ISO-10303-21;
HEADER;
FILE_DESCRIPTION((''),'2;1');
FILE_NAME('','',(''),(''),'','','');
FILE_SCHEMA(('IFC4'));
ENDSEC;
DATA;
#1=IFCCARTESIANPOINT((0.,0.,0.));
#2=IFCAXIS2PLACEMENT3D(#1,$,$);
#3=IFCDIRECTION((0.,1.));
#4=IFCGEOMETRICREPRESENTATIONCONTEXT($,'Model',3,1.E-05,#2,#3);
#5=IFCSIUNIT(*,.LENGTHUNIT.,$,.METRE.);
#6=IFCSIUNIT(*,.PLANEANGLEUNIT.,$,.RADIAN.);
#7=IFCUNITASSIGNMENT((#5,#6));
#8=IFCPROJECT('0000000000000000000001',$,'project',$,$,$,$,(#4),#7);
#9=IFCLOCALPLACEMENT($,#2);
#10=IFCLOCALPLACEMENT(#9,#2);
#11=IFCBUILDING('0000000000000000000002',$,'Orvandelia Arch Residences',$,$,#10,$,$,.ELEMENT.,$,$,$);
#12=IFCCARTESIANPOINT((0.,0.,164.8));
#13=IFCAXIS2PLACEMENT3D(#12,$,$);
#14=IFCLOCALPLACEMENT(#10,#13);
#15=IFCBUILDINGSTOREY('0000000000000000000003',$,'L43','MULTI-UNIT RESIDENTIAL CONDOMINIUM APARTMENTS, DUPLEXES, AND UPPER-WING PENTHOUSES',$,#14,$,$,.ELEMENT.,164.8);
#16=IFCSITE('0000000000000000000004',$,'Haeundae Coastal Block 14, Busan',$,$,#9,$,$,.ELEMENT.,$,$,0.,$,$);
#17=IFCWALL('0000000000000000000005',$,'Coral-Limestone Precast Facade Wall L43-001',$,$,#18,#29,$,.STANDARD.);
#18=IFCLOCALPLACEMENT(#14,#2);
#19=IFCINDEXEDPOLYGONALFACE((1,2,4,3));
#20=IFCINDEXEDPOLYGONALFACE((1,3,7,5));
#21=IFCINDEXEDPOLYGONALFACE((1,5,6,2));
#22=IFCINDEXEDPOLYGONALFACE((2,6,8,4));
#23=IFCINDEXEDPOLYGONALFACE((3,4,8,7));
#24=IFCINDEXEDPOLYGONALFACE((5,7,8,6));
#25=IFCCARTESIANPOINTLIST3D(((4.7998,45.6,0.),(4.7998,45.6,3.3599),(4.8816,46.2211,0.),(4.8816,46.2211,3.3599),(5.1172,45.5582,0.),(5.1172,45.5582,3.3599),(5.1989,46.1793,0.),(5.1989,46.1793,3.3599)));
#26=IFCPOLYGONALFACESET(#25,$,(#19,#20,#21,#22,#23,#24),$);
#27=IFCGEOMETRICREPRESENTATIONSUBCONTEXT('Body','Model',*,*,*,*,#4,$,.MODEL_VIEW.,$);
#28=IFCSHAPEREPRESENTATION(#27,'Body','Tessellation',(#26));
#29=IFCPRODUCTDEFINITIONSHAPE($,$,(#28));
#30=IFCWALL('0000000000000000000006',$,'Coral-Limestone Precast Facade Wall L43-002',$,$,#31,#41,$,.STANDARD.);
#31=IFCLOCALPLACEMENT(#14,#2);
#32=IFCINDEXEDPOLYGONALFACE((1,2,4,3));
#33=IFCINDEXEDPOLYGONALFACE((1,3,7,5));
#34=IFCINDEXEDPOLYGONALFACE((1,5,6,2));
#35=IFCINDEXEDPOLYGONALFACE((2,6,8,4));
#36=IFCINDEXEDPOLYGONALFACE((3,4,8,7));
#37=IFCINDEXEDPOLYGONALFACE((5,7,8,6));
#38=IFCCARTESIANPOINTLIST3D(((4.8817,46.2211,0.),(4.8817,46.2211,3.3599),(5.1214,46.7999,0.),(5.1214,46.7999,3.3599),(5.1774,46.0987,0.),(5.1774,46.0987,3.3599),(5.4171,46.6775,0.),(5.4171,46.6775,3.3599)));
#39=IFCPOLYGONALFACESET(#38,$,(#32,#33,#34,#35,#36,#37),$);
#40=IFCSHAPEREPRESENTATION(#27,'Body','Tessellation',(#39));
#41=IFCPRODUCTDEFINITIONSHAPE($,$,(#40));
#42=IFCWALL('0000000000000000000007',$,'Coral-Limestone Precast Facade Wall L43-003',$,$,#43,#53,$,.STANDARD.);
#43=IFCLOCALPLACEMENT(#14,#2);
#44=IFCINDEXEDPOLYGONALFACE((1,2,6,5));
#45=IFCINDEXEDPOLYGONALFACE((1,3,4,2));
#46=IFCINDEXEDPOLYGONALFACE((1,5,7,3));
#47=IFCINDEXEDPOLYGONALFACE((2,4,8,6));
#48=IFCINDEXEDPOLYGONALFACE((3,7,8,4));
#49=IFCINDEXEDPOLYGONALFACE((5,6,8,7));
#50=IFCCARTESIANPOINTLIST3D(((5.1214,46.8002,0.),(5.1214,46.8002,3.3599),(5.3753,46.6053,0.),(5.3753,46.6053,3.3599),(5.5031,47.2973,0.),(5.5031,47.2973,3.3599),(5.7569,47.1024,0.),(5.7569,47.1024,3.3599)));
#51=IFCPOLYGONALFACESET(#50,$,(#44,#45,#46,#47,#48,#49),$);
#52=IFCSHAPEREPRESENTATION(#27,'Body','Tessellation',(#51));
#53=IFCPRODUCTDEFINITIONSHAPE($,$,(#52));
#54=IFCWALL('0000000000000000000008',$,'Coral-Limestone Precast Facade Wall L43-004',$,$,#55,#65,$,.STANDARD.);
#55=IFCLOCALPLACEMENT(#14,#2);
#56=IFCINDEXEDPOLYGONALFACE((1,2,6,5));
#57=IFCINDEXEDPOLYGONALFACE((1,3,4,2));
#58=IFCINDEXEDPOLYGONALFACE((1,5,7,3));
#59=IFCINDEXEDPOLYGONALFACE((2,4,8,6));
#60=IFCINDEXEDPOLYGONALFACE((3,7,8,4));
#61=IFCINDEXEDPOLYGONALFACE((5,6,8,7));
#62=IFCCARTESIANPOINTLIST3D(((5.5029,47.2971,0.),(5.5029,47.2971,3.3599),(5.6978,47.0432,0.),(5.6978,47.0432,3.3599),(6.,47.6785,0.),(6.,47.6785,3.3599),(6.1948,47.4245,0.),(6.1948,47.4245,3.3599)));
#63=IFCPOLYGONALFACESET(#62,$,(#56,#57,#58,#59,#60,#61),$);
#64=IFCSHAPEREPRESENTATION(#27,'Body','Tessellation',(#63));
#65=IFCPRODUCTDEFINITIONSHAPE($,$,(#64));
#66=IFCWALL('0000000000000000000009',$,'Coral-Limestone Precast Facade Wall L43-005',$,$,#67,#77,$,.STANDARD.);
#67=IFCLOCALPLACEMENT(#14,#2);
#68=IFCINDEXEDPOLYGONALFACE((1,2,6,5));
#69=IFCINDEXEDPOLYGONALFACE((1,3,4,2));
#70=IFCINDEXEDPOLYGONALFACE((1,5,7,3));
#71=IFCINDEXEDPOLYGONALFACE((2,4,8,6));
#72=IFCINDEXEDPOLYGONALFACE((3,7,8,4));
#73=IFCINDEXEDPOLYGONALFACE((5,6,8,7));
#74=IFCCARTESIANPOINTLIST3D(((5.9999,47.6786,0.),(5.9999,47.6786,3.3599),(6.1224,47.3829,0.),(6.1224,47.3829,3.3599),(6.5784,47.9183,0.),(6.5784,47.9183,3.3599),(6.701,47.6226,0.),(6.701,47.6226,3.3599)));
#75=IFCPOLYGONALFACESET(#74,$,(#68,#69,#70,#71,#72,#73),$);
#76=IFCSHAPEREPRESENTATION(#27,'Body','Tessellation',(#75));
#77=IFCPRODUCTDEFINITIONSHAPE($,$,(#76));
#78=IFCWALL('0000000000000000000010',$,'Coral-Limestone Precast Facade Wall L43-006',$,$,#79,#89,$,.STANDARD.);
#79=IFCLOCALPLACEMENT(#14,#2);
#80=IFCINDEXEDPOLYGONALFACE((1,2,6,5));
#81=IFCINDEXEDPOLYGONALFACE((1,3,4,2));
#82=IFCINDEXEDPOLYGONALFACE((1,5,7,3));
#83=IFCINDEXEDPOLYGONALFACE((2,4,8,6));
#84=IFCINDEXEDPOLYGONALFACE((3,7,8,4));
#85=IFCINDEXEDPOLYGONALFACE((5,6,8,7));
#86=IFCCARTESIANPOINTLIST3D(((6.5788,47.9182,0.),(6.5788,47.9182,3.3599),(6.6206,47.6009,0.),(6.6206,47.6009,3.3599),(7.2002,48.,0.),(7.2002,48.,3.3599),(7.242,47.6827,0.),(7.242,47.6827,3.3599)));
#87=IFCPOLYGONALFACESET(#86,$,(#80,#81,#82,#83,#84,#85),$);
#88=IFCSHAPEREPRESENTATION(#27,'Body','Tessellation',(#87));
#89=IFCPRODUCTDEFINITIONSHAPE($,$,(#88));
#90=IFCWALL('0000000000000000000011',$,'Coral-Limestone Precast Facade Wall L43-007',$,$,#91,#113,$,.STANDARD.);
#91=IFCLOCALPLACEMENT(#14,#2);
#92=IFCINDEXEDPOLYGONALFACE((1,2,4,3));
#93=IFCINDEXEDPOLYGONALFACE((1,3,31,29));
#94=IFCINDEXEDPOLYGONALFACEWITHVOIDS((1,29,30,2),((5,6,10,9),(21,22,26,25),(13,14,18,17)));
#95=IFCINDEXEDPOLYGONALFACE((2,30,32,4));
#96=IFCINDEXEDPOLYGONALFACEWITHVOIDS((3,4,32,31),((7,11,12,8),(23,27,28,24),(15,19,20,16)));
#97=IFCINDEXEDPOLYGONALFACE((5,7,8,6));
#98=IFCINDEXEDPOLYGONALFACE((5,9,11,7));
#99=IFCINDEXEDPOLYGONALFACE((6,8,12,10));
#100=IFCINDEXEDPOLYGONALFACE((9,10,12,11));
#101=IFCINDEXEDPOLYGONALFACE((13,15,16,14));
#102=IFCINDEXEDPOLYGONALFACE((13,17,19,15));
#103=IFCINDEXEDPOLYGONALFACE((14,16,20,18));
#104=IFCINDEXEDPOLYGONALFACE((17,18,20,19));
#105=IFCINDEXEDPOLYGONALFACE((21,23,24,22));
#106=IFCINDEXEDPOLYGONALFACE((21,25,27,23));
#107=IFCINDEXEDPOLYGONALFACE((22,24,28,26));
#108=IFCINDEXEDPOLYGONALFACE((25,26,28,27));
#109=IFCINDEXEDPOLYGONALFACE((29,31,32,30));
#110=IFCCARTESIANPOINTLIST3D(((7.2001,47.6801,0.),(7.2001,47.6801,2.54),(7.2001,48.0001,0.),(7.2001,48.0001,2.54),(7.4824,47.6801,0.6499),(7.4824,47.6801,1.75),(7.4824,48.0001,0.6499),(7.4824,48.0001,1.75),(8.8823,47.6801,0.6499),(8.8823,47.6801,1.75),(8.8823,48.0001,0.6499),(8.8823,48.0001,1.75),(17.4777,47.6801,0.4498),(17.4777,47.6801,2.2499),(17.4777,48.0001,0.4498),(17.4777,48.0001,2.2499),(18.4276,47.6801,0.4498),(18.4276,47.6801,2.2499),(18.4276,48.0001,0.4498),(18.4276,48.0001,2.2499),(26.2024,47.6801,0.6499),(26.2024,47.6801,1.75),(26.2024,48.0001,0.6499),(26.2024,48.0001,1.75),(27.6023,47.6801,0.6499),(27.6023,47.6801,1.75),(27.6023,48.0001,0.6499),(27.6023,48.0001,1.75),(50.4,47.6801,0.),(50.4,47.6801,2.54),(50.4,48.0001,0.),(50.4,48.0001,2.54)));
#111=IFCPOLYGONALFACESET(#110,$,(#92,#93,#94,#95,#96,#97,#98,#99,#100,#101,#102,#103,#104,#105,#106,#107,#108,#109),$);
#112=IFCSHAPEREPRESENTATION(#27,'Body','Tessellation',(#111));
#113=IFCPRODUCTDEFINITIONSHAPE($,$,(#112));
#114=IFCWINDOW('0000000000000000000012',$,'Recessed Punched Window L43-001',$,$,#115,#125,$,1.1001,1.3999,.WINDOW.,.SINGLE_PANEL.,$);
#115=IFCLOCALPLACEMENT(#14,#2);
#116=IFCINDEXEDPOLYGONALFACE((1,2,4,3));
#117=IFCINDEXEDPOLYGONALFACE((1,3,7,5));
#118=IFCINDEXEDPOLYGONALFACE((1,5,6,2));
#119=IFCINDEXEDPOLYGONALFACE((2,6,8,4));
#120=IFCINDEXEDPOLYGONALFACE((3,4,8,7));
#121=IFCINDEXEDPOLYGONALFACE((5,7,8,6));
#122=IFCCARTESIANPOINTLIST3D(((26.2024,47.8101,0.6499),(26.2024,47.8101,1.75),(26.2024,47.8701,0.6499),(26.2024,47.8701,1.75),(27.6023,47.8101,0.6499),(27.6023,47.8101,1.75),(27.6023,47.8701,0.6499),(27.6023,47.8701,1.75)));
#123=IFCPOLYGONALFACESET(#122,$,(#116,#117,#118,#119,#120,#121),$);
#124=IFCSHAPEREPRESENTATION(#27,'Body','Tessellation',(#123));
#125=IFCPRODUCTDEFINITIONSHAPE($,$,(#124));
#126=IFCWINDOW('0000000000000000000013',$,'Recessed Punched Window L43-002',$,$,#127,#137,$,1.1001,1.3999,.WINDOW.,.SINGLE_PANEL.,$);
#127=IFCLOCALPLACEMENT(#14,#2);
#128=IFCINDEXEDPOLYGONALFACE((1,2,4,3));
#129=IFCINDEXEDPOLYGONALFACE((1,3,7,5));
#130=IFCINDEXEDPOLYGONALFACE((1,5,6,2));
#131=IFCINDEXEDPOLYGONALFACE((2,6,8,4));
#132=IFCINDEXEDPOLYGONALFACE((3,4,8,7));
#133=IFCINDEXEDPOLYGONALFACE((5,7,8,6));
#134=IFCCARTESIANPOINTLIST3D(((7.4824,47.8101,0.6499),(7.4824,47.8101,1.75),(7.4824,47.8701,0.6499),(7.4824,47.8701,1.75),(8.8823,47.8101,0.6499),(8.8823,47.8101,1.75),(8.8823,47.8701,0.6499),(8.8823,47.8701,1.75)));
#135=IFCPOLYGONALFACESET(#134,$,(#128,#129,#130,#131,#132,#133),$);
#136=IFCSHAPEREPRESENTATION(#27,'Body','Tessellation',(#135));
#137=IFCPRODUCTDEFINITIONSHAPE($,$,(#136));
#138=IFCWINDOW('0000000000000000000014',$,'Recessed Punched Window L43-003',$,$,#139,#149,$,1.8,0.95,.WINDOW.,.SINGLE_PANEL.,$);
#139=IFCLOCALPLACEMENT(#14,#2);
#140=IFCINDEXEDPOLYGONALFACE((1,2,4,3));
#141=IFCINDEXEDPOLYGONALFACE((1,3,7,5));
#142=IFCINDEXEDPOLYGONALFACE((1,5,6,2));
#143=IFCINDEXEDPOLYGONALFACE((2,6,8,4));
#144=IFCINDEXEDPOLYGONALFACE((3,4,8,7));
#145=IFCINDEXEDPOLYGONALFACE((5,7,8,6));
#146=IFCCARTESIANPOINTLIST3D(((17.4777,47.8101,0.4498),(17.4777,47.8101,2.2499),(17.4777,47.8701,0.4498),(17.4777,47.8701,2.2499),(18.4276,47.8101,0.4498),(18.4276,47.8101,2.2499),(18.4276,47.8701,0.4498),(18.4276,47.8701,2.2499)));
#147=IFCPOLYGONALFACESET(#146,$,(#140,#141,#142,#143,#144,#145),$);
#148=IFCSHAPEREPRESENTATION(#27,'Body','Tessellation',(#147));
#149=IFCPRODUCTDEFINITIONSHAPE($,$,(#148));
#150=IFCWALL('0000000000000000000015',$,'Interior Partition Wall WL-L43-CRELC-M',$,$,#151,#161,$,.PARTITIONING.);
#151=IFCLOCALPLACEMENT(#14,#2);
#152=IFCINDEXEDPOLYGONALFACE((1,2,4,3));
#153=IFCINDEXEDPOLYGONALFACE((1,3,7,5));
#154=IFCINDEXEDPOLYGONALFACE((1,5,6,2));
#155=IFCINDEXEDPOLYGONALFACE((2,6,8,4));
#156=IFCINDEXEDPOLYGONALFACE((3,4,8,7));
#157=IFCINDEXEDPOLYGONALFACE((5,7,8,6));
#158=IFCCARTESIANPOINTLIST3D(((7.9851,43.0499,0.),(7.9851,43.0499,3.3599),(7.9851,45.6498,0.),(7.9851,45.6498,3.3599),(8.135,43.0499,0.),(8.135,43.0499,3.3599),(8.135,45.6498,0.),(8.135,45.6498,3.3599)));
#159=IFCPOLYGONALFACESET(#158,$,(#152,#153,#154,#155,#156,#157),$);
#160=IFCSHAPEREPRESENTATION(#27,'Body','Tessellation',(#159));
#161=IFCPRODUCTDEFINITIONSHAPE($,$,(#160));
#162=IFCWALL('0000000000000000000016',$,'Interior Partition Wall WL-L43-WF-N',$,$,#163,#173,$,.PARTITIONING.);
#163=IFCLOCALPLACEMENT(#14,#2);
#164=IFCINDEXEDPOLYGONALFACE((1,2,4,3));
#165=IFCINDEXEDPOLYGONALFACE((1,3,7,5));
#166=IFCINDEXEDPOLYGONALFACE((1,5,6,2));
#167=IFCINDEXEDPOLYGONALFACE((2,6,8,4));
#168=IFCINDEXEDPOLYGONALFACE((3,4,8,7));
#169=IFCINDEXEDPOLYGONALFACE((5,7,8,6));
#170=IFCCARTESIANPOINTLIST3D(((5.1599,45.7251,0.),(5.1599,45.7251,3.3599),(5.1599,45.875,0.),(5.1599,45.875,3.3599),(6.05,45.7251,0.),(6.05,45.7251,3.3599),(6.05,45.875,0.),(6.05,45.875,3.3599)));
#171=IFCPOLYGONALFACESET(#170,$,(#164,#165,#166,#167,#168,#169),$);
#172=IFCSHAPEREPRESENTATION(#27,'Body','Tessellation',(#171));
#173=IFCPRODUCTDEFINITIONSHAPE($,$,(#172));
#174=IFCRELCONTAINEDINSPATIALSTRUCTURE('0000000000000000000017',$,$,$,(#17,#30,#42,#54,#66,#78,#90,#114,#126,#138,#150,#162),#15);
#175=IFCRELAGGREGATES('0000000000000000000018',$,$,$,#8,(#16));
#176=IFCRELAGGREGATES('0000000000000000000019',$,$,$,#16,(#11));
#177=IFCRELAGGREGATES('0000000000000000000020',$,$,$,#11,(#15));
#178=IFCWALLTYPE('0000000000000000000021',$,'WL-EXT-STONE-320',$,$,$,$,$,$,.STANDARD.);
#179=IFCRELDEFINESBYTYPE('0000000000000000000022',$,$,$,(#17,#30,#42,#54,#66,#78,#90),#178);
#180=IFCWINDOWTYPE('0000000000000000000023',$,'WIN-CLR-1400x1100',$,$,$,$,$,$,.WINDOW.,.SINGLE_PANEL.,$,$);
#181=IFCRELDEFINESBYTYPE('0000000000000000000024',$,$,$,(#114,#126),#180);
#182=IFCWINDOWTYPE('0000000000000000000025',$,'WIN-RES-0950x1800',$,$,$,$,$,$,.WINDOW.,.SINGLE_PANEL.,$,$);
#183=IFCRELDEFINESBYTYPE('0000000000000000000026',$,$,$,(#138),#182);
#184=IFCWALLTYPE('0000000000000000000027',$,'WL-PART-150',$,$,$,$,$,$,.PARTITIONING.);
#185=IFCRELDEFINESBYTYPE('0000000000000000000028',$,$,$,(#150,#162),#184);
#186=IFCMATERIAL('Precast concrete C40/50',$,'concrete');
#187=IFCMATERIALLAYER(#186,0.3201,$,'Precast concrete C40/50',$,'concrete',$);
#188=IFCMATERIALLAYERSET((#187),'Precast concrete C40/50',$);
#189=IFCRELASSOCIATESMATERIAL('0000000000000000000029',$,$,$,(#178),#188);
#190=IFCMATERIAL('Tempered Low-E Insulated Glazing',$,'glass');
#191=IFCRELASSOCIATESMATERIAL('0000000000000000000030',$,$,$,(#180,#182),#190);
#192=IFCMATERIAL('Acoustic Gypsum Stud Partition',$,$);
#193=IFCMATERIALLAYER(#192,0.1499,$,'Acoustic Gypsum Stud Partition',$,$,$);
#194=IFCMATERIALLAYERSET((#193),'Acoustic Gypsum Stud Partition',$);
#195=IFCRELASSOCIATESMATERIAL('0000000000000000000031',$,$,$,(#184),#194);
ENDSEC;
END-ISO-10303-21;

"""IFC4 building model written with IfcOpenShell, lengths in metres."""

from ifc_helpers import new_model, si_unit, direction, frame, frame_2d, origin, place, context, subcontext, project, spatial, rectangle, extrude, material, layer, layer_set, type_object, element, fill, save


model = new_model("IFC4")

# Units and contexts
model_context = context("Model", 3, precision=1e-05, world=origin(), true_north=direction((0.0, 1.0)))
body_context = subcontext(model_context, "Body", "Model", "MODEL_VIEW")
ifc_project = project(units=[si_unit("LENGTHUNIT", "METRE"), si_unit("PLANEANGLEUNIT", "RADIAN")], contexts=[model_context])

# Site, building, storey
site_placement = place(None, origin())
site = spatial("IfcSite", under=ifc_project, at=site_placement, Name="Haeundae Coastal Block 14, Busan", CompositionType="ELEMENT", RefElevation=0.0)
building_placement = place(site_placement, origin())
building = spatial("IfcBuilding", under=site, at=building_placement, Name="Orvandelia Arch Residences", CompositionType="ELEMENT")
storey_placement = place(building_placement, frame((0.0, 0.0, 164.8)))
storey = spatial("IfcBuildingStorey", under=building, at=storey_placement, Name="L43", Description="MULTI-UNIT RESIDENTIAL CONDOMINIUM APARTMENTS, DUPLEXES, AND UPPER-WING PENTHOUSES", CompositionType="ELEMENT", Elevation=164.8)

# Walls
ifc_material_1 = material(Name="Precast concrete C40/50", Category="concrete")
ifc_layer_1 = layer(ifc_material_1, 0.3201, Name="Precast concrete C40/50", Category="concrete")
ifc_layer_set_1 = layer_set([ifc_layer_1], Name="Precast concrete C40/50")
wall_type_1 = type_object("IfcWallType", Name="WL-EXT-STONE-320", PredefinedType="STANDARD", material=ifc_layer_set_1)
for number, where, z_axis, x_axis, name in (
    (1, (4.9585, 45.5791, 0.0), (0.0, 0.0, 1.0), (0.130555, 0.991441, 0.0), "Coral-Limestone Precast Facade Wall L43-001"),
    (2, (5.0295, 46.1599, 0.0), (0.0, 0.0, 1.0), (0.38265, 0.923893, 0.0), "Coral-Limestone Precast Facade Wall L43-002"),
):
    element("IfcWall", number, at=place(storey_placement, frame(where, z_axis=z_axis, x_axis=x_axis)), inside=storey, type_object=wall_type_1, Name=name, PredefinedType="STANDARD", context=body_context, shape_type="SweptSolid", body=[
        extrude(rectangle(XDim=0.6265, YDim=0.3201, at=frame_2d((0.3132, 0.0))), origin(), (0.0, 0.0, 1.0), 3.3599),
    ])
wall_1_placement = place(storey_placement, frame((5.2483, 46.7026, 0.0), z_axis=(0.0, 0.0, 1.0), x_axis=(0.608939, 0.793217, 0.0)))
element("IfcWall", 3, at=wall_1_placement, inside=storey, type_object=wall_type_1, Name="Coral-Limestone Precast Facade Wall L43-003", PredefinedType="STANDARD", context=body_context, shape_type="SweptSolid", body=[
    extrude(rectangle(XDim=0.6267, YDim=0.3201, at=frame_2d((0.3135, 0.0))), origin(), (0.0, 0.0, 1.0), 3.3599),
])
wall_2_placement = place(storey_placement, frame((5.6003, 47.1702, 0.0), z_axis=(0.0, 0.0, 1.0), x_axis=(0.793406, 0.608693, 0.0)))
element("IfcWall", 4, at=wall_2_placement, inside=storey, type_object=wall_type_1, Name="Coral-Limestone Precast Facade Wall L43-004", PredefinedType="STANDARD", context=body_context, shape_type="SweptSolid", body=[
    extrude(rectangle(XDim=0.6265, YDim=0.3201, at=frame_2d((0.3132, 0.0))), origin(), (0.0, 0.0, 1.0), 3.3599),
])
wall_3_placement = place(storey_placement, frame((6.0613, 47.5308, 0.0), z_axis=(0.0, 0.0, 1.0), x_axis=(0.923836, 0.382788, 0.0)))
element("IfcWall", 5, at=wall_3_placement, inside=storey, type_object=wall_type_1, Name="Coral-Limestone Precast Facade Wall L43-005", PredefinedType="STANDARD", context=body_context, shape_type="SweptSolid", body=[
    extrude(rectangle(XDim=0.6262, YDim=0.3201, at=frame_2d((0.313, 0.0))), origin(), (0.0, 0.0, 1.0), 3.3599),
])
wall_4_placement = place(storey_placement, frame((6.5996, 47.7595, 0.0), z_axis=(0.0, 0.0, 1.0), x_axis=(0.991448, 0.130505, 0.0)))
element("IfcWall", 6, at=wall_4_placement, inside=storey, type_object=wall_type_1, Name="Coral-Limestone Precast Facade Wall L43-006", PredefinedType="STANDARD", context=body_context, shape_type="SweptSolid", body=[
    extrude(rectangle(XDim=0.6267, YDim=0.3201, at=frame_2d((0.3135, 0.0))), origin(), (0.0, 0.0, 1.0), 3.3599),
])

# Wall, openings, windows
wall_5_placement = place(storey_placement, frame((7.2, 47.8401, 0.0), z_axis=(0.0, 0.0, 1.0), x_axis=(1.0, 0.0, 0.0)))
wall_5 = element("IfcWall", 7, at=wall_5_placement, inside=storey, type_object=wall_type_1, Name="Coral-Limestone Precast Facade Wall L43-007", PredefinedType="STANDARD", context=body_context, shape_type="SweptSolid", body=[
    extrude(rectangle(XDim=43.2, YDim=0.3201, at=frame_2d((21.6001, 0.0))), origin(), (0.0, 0.0, 1.0), 2.54),
])
opening_1_placement = place(wall_5_placement, frame((19.0024, 0.0, 0.6499)))
opening_1 = element("IfcOpeningElement", 8, at=opening_1_placement, cuts=wall_5, PredefinedType="OPENING", context=body_context, shape_type="SweptSolid", body=[
    extrude(rectangle(XDim=1.3999, YDim=1.1001, at=frame_2d((0.7, 0.55))), frame((0.0, 0.1699, 0.0), z_axis=(0.0, -1.0, 0.0), x_axis=(1.0, 0.0, 0.0)), (0.0, 0.0, 1.0), 0.3401),
])
opening_2_placement = place(wall_5_placement, frame((0.2825, 0.0, 0.6499)))
opening_2 = element("IfcOpeningElement", 9, at=opening_2_placement, cuts=wall_5, PredefinedType="OPENING", context=body_context, shape_type="SweptSolid", body=[
    extrude(rectangle(XDim=1.3999, YDim=1.1001, at=frame_2d((0.7, 0.55))), frame((0.0, 0.1699, 0.0), z_axis=(0.0, -1.0, 0.0), x_axis=(1.0, 0.0, 0.0)), (0.0, 0.0, 1.0), 0.3401),
])
opening_3_placement = place(wall_5_placement, frame((10.2776, 0.0, 0.45)))
opening_3 = element("IfcOpeningElement", 10, at=opening_3_placement, cuts=wall_5, PredefinedType="OPENING", context=body_context, shape_type="SweptSolid", body=[
    extrude(rectangle(XDim=0.95, YDim=1.8, at=frame_2d((0.4751, 0.8999))), frame((0.0, 0.1699, 0.0), z_axis=(0.0, -1.0, 0.0), x_axis=(1.0, 0.0, 0.0)), (0.0, 0.0, 1.0), 0.3401),
])
ifc_material_2 = material(Name="Tempered Low-E Insulated Glazing", Category="glass")
window_type_1 = type_object("IfcWindowType", Name="WIN-CLR-1400x1100", PartitioningType="SINGLE_PANEL", PredefinedType="WINDOW", material=ifc_material_2)
window_1_placement = place(opening_1_placement, origin())
window_1 = element("IfcWindow", 11, at=window_1_placement, inside=storey, type_object=window_type_1, Name="Recessed Punched Window L43-001", OverallHeight=1.1001, OverallWidth=1.3999, PartitioningType="SINGLE_PANEL", PredefinedType="WINDOW", context=body_context, shape_type="SweptSolid", body=[
    extrude(rectangle(XDim=1.3999, YDim=1.1001, at=frame_2d((0.7, 0.55))), frame((0.0, 0.03, 0.0), z_axis=(0.0, -1.0, 0.0), x_axis=(1.0, 0.0, 0.0)), (0.0, 0.0, 1.0), 0.0601),
])
fill(opening_1, window_1)
window_2_placement = place(opening_2_placement, origin())
window_2 = element("IfcWindow", 12, at=window_2_placement, inside=storey, type_object=window_type_1, Name="Recessed Punched Window L43-002", OverallHeight=1.1001, OverallWidth=1.3999, PartitioningType="SINGLE_PANEL", PredefinedType="WINDOW", context=body_context, shape_type="SweptSolid", body=[
    extrude(rectangle(XDim=1.3999, YDim=1.1001, at=frame_2d((0.7, 0.55))), frame((0.0, 0.03, 0.0), z_axis=(0.0, -1.0, 0.0), x_axis=(1.0, 0.0, 0.0)), (0.0, 0.0, 1.0), 0.0601),
])
fill(opening_2, window_2)
window_type_2 = type_object("IfcWindowType", Name="WIN-RES-0950x1800", PartitioningType="SINGLE_PANEL", PredefinedType="WINDOW", material=ifc_material_2)
window_3_placement = place(opening_3_placement, origin())
window_3 = element("IfcWindow", 13, at=window_3_placement, inside=storey, type_object=window_type_2, Name="Recessed Punched Window L43-003", OverallHeight=1.8, OverallWidth=0.95, PartitioningType="SINGLE_PANEL", PredefinedType="WINDOW", context=body_context, shape_type="SweptSolid", body=[
    extrude(rectangle(XDim=0.95, YDim=1.8, at=frame_2d((0.4751, 0.8999))), frame((0.0, 0.03, 0.0), z_axis=(0.0, -1.0, 0.0), x_axis=(1.0, 0.0, 0.0)), (0.0, 0.0, 1.0), 0.0601),
])
fill(opening_3, window_3)

# Walls
ifc_material_3 = material(Name="Acoustic Gypsum Stud Partition")
ifc_layer_2 = layer(ifc_material_3, 0.1499, Name="Acoustic Gypsum Stud Partition")
ifc_layer_set_2 = layer_set([ifc_layer_2], Name="Acoustic Gypsum Stud Partition")
wall_type_2 = type_object("IfcWallType", Name="WL-PART-150", PredefinedType="PARTITIONING", material=ifc_layer_set_2)
wall_6_placement = place(storey_placement, frame((8.0601, 43.05, 0.0), z_axis=(0.0, 0.0, 1.0), x_axis=(0.0, 1.0, 0.0)))
element("IfcWall", 14, at=wall_6_placement, inside=storey, type_object=wall_type_2, Name="Interior Partition Wall WL-L43-CRELC-M", PredefinedType="PARTITIONING", context=body_context, shape_type="SweptSolid", body=[
    extrude(rectangle(XDim=2.5999, YDim=0.1499, at=frame_2d((1.2998, 0.0))), origin(), (0.0, 0.0, 1.0), 3.3599),
])
wall_7_placement = place(storey_placement, frame((5.1599, 45.8, 0.0), z_axis=(0.0, 0.0, 1.0), x_axis=(1.0, 0.0, 0.0)))
element("IfcWall", 15, at=wall_7_placement, inside=storey, type_object=wall_type_2, Name="Interior Partition Wall WL-L43-WF-N", PredefinedType="PARTITIONING", context=body_context, shape_type="SweptSolid", body=[
    extrude(rectangle(XDim=0.8901, YDim=0.1499, at=frame_2d((0.4451, 0.0))), origin(), (0.0, 0.0, 1.0), 3.3599),
])

save(model, "model.ifc")
